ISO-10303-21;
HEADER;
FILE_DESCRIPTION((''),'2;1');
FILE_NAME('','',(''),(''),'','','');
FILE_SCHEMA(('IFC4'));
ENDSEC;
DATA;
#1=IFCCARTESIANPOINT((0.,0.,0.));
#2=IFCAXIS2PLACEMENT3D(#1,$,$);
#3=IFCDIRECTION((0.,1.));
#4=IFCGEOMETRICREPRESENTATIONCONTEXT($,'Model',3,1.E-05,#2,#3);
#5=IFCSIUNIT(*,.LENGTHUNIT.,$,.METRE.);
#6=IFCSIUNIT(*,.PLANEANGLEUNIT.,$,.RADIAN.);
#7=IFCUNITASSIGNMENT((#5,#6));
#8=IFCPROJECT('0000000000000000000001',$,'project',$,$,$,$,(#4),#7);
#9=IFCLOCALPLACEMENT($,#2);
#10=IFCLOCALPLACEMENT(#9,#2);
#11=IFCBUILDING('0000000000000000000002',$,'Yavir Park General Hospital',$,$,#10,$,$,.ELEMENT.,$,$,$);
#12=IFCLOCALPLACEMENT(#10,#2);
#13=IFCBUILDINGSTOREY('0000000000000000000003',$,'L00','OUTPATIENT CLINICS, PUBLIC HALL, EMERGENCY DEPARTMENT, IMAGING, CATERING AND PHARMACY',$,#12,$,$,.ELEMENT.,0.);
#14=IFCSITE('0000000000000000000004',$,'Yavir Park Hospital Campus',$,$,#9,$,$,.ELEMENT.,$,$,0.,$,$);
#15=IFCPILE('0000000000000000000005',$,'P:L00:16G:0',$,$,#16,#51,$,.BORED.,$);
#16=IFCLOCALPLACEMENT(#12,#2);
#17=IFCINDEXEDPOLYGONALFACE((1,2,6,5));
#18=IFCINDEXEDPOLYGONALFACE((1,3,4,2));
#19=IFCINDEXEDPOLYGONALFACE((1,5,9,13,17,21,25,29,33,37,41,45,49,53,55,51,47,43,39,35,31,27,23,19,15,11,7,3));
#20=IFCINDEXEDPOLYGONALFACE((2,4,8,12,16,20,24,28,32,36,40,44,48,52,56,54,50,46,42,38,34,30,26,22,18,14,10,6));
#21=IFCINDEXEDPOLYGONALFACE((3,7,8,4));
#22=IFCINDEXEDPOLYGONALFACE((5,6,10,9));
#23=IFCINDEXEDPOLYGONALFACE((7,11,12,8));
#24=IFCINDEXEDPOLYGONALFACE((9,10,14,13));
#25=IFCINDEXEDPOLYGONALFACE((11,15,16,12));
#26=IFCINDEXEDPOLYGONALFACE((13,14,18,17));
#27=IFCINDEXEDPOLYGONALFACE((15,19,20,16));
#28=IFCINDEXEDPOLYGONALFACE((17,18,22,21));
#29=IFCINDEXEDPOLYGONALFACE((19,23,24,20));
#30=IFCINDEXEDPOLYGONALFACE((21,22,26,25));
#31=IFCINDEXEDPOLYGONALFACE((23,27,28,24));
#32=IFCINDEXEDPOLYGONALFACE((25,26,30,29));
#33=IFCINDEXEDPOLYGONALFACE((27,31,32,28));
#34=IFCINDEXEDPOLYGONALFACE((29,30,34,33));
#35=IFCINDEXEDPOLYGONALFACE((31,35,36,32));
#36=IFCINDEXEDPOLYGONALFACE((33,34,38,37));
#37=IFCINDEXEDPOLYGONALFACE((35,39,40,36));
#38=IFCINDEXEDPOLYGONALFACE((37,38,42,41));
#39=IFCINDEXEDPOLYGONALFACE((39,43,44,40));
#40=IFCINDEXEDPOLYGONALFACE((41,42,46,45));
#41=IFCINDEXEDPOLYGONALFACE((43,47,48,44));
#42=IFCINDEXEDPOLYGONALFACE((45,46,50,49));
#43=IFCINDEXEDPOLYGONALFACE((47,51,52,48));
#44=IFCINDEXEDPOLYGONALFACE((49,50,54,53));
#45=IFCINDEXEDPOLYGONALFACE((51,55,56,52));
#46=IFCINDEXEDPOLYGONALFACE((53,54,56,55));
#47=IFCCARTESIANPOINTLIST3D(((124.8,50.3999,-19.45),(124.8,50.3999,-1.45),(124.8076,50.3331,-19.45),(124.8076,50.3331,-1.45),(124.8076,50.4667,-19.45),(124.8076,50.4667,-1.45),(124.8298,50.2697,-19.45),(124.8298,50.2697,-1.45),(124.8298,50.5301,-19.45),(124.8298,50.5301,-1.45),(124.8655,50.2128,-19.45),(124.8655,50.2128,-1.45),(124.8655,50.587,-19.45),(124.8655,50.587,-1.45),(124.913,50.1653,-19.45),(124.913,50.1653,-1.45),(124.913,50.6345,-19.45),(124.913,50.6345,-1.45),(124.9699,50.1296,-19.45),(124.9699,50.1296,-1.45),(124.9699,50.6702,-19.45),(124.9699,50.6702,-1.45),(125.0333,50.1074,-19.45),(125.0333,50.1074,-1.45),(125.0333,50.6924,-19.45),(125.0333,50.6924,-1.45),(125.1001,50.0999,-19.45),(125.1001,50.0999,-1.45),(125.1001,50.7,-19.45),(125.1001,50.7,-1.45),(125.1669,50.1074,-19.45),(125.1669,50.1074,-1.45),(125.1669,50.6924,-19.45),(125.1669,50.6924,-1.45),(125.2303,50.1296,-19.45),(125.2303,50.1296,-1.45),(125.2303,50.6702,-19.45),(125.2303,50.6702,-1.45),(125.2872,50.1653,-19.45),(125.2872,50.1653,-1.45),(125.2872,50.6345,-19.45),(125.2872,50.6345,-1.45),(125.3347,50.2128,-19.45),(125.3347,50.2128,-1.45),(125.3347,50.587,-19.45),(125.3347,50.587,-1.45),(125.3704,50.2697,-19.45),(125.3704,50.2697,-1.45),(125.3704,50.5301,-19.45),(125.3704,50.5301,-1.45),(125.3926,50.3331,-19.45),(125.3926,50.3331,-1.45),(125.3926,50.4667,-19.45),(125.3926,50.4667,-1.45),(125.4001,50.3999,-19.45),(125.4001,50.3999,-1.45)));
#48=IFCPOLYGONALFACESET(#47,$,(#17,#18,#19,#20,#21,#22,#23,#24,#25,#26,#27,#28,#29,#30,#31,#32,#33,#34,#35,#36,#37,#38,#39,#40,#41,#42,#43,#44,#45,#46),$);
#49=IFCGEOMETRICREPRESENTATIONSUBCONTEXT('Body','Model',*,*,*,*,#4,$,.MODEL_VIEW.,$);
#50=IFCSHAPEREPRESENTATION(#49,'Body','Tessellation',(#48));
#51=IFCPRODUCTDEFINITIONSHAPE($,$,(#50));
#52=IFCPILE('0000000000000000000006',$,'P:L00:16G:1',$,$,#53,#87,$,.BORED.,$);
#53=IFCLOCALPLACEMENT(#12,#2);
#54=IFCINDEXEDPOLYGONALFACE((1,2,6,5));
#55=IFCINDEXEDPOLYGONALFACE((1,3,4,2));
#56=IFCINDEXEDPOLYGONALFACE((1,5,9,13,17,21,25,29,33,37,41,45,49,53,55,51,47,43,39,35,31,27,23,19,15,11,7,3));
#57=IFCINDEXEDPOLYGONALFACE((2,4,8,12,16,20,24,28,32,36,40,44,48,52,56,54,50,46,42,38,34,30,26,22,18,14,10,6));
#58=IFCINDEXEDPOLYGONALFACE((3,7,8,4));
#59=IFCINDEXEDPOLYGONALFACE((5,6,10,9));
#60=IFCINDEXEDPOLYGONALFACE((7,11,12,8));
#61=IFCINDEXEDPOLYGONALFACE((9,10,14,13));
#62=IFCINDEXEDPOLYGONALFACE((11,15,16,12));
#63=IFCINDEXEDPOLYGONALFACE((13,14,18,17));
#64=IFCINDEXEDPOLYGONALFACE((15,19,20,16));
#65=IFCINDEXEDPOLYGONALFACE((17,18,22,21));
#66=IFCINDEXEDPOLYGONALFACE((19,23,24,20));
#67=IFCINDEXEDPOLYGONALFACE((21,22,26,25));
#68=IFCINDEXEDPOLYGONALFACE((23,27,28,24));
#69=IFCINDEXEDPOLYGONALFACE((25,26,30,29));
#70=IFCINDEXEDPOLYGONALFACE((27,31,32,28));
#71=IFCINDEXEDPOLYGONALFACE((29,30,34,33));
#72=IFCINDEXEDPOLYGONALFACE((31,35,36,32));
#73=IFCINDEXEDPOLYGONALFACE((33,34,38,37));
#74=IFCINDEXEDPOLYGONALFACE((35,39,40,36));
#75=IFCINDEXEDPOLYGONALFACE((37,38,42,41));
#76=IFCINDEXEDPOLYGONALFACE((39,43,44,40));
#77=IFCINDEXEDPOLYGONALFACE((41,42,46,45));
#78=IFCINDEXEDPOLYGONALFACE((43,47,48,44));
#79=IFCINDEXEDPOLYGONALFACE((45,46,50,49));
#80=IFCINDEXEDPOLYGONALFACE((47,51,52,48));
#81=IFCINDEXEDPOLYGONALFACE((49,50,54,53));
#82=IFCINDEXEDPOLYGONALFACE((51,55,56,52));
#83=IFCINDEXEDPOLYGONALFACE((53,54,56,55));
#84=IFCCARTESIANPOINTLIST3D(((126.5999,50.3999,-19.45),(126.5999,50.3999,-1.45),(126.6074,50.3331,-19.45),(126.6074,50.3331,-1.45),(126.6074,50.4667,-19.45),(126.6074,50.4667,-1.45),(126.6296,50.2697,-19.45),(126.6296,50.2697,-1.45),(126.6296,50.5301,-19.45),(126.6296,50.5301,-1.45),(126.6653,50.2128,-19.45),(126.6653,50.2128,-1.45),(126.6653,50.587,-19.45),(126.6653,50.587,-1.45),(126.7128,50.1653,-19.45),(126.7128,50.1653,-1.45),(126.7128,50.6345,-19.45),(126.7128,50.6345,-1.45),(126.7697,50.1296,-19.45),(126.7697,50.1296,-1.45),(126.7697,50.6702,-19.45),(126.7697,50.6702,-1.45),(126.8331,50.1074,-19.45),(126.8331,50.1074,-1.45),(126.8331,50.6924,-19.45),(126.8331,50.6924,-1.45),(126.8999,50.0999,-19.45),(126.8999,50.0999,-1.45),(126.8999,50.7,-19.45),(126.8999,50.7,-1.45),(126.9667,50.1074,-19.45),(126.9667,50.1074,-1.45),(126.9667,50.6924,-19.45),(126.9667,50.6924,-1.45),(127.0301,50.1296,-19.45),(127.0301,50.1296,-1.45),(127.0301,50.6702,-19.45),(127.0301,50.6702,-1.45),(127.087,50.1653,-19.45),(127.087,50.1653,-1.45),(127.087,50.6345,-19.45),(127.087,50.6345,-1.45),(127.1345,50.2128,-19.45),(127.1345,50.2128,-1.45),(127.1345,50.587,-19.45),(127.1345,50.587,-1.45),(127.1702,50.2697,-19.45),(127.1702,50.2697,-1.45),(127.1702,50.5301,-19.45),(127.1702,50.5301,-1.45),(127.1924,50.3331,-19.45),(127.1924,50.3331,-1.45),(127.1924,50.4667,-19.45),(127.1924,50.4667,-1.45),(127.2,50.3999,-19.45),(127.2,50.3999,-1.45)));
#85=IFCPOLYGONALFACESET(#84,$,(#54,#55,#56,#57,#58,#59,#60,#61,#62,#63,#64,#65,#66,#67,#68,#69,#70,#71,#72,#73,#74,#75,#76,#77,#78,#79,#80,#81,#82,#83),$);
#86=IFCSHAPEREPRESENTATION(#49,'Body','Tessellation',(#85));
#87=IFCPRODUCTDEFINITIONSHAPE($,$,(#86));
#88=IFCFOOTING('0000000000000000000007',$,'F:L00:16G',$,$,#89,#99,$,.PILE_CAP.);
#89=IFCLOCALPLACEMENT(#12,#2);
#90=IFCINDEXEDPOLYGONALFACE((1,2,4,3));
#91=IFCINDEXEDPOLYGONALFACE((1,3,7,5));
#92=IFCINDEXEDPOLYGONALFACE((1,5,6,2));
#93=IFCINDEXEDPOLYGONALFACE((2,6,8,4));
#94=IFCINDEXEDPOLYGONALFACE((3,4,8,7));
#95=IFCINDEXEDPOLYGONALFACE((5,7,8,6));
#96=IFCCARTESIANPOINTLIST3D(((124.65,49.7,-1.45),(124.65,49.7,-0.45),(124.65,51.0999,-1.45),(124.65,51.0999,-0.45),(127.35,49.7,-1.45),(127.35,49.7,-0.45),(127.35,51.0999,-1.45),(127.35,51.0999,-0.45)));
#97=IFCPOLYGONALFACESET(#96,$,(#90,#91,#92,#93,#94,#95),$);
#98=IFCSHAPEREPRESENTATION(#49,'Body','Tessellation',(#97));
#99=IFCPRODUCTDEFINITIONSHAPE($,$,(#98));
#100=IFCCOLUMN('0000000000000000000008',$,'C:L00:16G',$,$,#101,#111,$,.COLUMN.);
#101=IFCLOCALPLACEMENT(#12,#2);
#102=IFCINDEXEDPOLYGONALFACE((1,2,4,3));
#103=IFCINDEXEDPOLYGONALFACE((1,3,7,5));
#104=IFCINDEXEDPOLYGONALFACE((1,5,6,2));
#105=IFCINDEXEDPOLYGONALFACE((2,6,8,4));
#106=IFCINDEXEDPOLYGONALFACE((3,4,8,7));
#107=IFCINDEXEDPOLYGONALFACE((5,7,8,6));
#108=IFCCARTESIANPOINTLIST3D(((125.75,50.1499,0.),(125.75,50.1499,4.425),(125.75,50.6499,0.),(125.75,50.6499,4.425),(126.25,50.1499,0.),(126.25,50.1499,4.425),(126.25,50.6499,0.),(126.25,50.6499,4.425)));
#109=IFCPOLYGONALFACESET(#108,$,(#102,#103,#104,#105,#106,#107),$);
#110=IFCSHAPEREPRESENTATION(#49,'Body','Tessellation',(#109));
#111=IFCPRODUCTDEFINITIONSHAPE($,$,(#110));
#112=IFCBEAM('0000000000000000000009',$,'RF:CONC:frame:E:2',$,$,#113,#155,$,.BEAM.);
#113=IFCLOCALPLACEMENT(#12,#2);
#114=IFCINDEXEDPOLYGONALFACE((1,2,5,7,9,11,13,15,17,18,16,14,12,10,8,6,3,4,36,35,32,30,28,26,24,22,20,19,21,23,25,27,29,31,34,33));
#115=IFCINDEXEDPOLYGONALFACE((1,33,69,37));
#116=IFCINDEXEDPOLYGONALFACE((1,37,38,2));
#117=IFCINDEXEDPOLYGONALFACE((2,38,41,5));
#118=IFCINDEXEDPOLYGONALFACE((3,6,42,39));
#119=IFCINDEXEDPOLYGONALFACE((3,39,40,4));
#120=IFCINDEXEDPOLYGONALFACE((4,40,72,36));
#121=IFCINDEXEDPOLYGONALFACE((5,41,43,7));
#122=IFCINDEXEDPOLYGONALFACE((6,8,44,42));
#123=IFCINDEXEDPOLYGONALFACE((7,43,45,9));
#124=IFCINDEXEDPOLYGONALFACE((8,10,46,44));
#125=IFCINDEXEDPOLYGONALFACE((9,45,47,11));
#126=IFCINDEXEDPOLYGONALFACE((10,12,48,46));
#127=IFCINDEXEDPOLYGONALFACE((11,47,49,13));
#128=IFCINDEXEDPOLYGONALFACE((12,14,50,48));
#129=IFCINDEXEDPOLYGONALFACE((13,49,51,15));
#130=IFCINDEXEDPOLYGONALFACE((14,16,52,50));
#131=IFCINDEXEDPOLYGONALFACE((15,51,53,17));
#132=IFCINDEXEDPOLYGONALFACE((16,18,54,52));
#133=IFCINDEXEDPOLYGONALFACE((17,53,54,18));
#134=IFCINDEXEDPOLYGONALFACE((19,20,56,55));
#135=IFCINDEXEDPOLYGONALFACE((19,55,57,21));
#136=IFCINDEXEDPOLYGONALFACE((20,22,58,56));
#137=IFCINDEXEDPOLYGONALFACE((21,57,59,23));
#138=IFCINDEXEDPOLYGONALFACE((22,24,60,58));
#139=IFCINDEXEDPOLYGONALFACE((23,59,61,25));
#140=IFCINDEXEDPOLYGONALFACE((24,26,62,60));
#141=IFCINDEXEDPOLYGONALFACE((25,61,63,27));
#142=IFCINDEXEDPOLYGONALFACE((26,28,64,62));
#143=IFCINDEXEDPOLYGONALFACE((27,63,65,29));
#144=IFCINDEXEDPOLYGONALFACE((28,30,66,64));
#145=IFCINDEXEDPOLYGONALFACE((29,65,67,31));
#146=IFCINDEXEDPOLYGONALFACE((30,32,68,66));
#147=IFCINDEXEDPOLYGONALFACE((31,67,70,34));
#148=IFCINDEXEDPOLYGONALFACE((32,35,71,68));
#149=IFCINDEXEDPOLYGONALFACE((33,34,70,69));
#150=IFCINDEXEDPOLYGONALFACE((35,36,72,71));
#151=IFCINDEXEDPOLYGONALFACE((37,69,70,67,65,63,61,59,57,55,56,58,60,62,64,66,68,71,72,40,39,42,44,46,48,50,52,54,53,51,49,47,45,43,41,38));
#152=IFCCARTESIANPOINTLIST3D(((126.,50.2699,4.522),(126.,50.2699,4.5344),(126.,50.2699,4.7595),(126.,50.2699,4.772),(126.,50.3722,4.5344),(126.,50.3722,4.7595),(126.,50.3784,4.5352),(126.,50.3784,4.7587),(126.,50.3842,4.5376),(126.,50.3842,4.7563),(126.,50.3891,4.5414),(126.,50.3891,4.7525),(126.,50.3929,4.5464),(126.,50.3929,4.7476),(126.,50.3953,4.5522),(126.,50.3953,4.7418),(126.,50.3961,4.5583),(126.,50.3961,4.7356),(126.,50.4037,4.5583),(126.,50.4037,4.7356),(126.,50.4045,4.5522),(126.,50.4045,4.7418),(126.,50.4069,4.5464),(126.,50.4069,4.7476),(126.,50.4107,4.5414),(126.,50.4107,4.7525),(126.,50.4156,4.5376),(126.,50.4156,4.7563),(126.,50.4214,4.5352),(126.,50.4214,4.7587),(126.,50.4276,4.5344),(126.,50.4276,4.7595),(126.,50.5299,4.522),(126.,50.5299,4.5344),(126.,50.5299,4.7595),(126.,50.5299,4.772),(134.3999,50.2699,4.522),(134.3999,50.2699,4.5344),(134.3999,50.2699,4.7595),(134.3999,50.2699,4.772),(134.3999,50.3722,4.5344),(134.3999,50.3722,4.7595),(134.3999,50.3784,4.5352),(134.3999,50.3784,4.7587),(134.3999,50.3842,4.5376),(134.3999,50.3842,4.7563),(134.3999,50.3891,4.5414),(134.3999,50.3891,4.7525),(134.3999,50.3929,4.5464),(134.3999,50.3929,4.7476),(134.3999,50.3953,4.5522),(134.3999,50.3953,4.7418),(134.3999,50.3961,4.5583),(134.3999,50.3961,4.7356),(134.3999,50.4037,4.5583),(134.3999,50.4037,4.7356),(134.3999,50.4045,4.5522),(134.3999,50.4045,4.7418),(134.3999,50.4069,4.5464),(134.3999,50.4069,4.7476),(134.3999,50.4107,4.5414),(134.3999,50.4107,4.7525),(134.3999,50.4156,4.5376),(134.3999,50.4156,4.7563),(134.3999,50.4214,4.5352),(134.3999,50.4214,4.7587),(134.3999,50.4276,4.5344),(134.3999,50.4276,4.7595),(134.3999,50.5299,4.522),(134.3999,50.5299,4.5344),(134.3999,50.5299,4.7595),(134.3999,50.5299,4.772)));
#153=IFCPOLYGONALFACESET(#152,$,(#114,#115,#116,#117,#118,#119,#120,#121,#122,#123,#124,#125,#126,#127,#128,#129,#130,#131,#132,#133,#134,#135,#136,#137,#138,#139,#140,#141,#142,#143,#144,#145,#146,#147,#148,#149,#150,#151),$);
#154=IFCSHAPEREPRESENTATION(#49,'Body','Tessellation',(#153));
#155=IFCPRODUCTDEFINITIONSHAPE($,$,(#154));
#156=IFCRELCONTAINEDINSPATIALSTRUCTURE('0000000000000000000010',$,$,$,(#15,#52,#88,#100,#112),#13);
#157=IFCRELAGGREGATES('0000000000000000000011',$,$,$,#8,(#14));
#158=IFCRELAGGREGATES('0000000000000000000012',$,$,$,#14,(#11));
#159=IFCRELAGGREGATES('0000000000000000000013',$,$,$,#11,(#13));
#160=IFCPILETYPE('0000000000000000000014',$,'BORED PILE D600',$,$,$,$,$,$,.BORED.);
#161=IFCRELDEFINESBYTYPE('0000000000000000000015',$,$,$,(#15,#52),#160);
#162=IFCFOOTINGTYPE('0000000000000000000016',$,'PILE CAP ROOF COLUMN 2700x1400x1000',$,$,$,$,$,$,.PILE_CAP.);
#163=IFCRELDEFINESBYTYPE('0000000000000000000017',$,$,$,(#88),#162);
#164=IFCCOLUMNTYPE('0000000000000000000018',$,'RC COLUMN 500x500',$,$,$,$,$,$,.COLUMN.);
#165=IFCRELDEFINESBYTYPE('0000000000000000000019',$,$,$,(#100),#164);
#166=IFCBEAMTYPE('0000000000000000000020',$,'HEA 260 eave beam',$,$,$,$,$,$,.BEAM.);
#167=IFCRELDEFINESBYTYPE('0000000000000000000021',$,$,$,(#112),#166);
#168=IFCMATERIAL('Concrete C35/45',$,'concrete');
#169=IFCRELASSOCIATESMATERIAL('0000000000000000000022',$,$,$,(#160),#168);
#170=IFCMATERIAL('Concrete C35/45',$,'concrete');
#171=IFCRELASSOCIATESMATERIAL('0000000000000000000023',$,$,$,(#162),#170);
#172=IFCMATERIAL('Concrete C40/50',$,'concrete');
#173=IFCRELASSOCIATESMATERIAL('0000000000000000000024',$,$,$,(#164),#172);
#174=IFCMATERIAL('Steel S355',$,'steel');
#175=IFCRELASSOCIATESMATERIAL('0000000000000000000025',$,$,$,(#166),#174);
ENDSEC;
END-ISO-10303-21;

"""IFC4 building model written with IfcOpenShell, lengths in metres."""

from ifc_helpers import new_model, si_unit, direction, frame, origin, origin_2d, place, context, subcontext, project, spatial, rectangle, circle, i_section, extrude, material, material_profile, profile_set, type_object, element, save


model = new_model("IFC4")

# Units and contexts
model_context = context("Model", 3, precision=1e-05, world=origin(), true_north=direction((0.0, 1.0)))
body_context = subcontext(model_context, "Body", "Model", "MODEL_VIEW")
ifc_project = project(units=[si_unit("LENGTHUNIT", "METRE"), si_unit("PLANEANGLEUNIT", "RADIAN")], contexts=[model_context])

# Site, building, storey
site_placement = place(None, origin())
site = spatial("IfcSite", under=ifc_project, at=site_placement, Name="Yavir Park Hospital Campus", CompositionType="ELEMENT", RefElevation=0.0)
building_placement = place(site_placement, origin())
building = spatial("IfcBuilding", under=site, at=building_placement, Name="Yavir Park General Hospital", CompositionType="ELEMENT")
storey_placement = place(building_placement, origin())
storey = spatial("IfcBuildingStorey", under=building, at=storey_placement, Name="L00", Description="OUTPATIENT CLINICS, PUBLIC HALL, EMERGENCY DEPARTMENT, IMAGING, CATERING AND PHARMACY", CompositionType="ELEMENT", Elevation=0.0)

# Piles
ifc_material_1 = material(Name="Concrete C35/45", Category="concrete")
ifc_material_profile_1 = material_profile(ifc_material_1, circle(Radius=0.3, at=origin_2d()), Name="D600")
ifc_profile_set_1 = profile_set([ifc_material_profile_1], Name="Concrete C35/45")
pile_type = type_object("IfcPileType", Name="BORED PILE D600", PredefinedType="BORED", material=ifc_profile_set_1)
for number, where, z_axis, x_axis, name in (
    (1, (125.1001, 50.3999, -1.45), (0.0, 0.0, -1.0), (1.0, 0.0, 0.0), "P:L00:16G:0"),
    (2, (126.8999, 50.3999, -1.45), (0.0, 0.0, -1.0), (1.0, 0.0, 0.0), "P:L00:16G:1"),
):
    element("IfcPile", number, at=place(storey_placement, frame(where, z_axis=z_axis, x_axis=x_axis)), inside=storey, type_object=pile_type, Name=name, PredefinedType="BORED", context=body_context, shape_type="SweptSolid", body=[
        extrude(circle(Radius=0.3, at=origin_2d()), origin(), (0.0, 0.0, 1.0), 18.0),
    ])

# Footing
ifc_material_2 = material(Name="Concrete C35/45", Category="concrete")
footing_type = type_object("IfcFootingType", Name="PILE CAP ROOF COLUMN 2700x1400x1000", PredefinedType="PILE_CAP", material=ifc_material_2)
footing_placement = place(storey_placement, frame((126.0, 50.3999, -1.45), z_axis=(0.0, 0.0, 1.0), x_axis=(1.0, 0.0, 0.0)))
element("IfcFooting", 3, at=footing_placement, inside=storey, type_object=footing_type, Name="F:L00:16G", PredefinedType="PILE_CAP", context=body_context, shape_type="SweptSolid", body=[
    extrude(rectangle(XDim=2.7, YDim=1.3999, at=origin_2d()), origin(), (0.0, 0.0, 1.0), 1.0),
])

# Column
ifc_material_3 = material(Name="Concrete C40/50", Category="concrete")
ifc_material_profile_2 = material_profile(ifc_material_3, rectangle(XDim=0.5, YDim=0.5, at=origin_2d()), Name="RC500x500")
ifc_profile_set_2 = profile_set([ifc_material_profile_2], Name="Concrete C40/50")
column_type = type_object("IfcColumnType", Name="RC COLUMN 500x500", PredefinedType="COLUMN", material=ifc_profile_set_2)
column_placement = place(storey_placement, frame((126.0, 50.3999, 0.0), z_axis=(0.0, 0.0, 1.0), x_axis=(1.0, 0.0, 0.0)))
element("IfcColumn", 4, at=column_placement, inside=storey, type_object=column_type, Name="C:L00:16G", PredefinedType="COLUMN", context=body_context, shape_type="SweptSolid", body=[
    extrude(rectangle(XDim=0.5, YDim=0.5, at=origin_2d()), origin(), (0.0, 0.0, 1.0), 4.425),
])

# Beam
ifc_material_4 = material(Name="Steel S355", Category="steel")
ifc_material_profile_3 = material_profile(ifc_material_4, i_section(OverallWidth=0.26, OverallDepth=0.25, WebThickness=0.0076, FlangeThickness=0.0125, FilletRadius=0.0239, at=origin_2d()), Name="HEA260")
ifc_profile_set_3 = profile_set([ifc_material_profile_3], Name="Steel S355")
beam_type_1 = type_object("IfcBeamType", Name="HEA 260 eave beam", PredefinedType="BEAM", material=ifc_profile_set_3)
beam_1_placement = place(storey_placement, frame((126.0, 50.3999, 4.647), z_axis=(1.0, 0.0, 0.0), x_axis=(0.0, 1.0, 0.0)))
element("IfcBeam", 5, at=beam_1_placement, inside=storey, type_object=beam_type_1, Name="RF:CONC:frame:E:2", PredefinedType="BEAM", context=body_context, shape_type="SweptSolid", body=[
    extrude(i_section(OverallWidth=0.26, OverallDepth=0.25, WebThickness=0.0076, FlangeThickness=0.0125, FilletRadius=0.0239, at=origin_2d()), origin(), (0.0, 0.0, 1.0), 8.3999),
])

save(model, "model.ifc")
